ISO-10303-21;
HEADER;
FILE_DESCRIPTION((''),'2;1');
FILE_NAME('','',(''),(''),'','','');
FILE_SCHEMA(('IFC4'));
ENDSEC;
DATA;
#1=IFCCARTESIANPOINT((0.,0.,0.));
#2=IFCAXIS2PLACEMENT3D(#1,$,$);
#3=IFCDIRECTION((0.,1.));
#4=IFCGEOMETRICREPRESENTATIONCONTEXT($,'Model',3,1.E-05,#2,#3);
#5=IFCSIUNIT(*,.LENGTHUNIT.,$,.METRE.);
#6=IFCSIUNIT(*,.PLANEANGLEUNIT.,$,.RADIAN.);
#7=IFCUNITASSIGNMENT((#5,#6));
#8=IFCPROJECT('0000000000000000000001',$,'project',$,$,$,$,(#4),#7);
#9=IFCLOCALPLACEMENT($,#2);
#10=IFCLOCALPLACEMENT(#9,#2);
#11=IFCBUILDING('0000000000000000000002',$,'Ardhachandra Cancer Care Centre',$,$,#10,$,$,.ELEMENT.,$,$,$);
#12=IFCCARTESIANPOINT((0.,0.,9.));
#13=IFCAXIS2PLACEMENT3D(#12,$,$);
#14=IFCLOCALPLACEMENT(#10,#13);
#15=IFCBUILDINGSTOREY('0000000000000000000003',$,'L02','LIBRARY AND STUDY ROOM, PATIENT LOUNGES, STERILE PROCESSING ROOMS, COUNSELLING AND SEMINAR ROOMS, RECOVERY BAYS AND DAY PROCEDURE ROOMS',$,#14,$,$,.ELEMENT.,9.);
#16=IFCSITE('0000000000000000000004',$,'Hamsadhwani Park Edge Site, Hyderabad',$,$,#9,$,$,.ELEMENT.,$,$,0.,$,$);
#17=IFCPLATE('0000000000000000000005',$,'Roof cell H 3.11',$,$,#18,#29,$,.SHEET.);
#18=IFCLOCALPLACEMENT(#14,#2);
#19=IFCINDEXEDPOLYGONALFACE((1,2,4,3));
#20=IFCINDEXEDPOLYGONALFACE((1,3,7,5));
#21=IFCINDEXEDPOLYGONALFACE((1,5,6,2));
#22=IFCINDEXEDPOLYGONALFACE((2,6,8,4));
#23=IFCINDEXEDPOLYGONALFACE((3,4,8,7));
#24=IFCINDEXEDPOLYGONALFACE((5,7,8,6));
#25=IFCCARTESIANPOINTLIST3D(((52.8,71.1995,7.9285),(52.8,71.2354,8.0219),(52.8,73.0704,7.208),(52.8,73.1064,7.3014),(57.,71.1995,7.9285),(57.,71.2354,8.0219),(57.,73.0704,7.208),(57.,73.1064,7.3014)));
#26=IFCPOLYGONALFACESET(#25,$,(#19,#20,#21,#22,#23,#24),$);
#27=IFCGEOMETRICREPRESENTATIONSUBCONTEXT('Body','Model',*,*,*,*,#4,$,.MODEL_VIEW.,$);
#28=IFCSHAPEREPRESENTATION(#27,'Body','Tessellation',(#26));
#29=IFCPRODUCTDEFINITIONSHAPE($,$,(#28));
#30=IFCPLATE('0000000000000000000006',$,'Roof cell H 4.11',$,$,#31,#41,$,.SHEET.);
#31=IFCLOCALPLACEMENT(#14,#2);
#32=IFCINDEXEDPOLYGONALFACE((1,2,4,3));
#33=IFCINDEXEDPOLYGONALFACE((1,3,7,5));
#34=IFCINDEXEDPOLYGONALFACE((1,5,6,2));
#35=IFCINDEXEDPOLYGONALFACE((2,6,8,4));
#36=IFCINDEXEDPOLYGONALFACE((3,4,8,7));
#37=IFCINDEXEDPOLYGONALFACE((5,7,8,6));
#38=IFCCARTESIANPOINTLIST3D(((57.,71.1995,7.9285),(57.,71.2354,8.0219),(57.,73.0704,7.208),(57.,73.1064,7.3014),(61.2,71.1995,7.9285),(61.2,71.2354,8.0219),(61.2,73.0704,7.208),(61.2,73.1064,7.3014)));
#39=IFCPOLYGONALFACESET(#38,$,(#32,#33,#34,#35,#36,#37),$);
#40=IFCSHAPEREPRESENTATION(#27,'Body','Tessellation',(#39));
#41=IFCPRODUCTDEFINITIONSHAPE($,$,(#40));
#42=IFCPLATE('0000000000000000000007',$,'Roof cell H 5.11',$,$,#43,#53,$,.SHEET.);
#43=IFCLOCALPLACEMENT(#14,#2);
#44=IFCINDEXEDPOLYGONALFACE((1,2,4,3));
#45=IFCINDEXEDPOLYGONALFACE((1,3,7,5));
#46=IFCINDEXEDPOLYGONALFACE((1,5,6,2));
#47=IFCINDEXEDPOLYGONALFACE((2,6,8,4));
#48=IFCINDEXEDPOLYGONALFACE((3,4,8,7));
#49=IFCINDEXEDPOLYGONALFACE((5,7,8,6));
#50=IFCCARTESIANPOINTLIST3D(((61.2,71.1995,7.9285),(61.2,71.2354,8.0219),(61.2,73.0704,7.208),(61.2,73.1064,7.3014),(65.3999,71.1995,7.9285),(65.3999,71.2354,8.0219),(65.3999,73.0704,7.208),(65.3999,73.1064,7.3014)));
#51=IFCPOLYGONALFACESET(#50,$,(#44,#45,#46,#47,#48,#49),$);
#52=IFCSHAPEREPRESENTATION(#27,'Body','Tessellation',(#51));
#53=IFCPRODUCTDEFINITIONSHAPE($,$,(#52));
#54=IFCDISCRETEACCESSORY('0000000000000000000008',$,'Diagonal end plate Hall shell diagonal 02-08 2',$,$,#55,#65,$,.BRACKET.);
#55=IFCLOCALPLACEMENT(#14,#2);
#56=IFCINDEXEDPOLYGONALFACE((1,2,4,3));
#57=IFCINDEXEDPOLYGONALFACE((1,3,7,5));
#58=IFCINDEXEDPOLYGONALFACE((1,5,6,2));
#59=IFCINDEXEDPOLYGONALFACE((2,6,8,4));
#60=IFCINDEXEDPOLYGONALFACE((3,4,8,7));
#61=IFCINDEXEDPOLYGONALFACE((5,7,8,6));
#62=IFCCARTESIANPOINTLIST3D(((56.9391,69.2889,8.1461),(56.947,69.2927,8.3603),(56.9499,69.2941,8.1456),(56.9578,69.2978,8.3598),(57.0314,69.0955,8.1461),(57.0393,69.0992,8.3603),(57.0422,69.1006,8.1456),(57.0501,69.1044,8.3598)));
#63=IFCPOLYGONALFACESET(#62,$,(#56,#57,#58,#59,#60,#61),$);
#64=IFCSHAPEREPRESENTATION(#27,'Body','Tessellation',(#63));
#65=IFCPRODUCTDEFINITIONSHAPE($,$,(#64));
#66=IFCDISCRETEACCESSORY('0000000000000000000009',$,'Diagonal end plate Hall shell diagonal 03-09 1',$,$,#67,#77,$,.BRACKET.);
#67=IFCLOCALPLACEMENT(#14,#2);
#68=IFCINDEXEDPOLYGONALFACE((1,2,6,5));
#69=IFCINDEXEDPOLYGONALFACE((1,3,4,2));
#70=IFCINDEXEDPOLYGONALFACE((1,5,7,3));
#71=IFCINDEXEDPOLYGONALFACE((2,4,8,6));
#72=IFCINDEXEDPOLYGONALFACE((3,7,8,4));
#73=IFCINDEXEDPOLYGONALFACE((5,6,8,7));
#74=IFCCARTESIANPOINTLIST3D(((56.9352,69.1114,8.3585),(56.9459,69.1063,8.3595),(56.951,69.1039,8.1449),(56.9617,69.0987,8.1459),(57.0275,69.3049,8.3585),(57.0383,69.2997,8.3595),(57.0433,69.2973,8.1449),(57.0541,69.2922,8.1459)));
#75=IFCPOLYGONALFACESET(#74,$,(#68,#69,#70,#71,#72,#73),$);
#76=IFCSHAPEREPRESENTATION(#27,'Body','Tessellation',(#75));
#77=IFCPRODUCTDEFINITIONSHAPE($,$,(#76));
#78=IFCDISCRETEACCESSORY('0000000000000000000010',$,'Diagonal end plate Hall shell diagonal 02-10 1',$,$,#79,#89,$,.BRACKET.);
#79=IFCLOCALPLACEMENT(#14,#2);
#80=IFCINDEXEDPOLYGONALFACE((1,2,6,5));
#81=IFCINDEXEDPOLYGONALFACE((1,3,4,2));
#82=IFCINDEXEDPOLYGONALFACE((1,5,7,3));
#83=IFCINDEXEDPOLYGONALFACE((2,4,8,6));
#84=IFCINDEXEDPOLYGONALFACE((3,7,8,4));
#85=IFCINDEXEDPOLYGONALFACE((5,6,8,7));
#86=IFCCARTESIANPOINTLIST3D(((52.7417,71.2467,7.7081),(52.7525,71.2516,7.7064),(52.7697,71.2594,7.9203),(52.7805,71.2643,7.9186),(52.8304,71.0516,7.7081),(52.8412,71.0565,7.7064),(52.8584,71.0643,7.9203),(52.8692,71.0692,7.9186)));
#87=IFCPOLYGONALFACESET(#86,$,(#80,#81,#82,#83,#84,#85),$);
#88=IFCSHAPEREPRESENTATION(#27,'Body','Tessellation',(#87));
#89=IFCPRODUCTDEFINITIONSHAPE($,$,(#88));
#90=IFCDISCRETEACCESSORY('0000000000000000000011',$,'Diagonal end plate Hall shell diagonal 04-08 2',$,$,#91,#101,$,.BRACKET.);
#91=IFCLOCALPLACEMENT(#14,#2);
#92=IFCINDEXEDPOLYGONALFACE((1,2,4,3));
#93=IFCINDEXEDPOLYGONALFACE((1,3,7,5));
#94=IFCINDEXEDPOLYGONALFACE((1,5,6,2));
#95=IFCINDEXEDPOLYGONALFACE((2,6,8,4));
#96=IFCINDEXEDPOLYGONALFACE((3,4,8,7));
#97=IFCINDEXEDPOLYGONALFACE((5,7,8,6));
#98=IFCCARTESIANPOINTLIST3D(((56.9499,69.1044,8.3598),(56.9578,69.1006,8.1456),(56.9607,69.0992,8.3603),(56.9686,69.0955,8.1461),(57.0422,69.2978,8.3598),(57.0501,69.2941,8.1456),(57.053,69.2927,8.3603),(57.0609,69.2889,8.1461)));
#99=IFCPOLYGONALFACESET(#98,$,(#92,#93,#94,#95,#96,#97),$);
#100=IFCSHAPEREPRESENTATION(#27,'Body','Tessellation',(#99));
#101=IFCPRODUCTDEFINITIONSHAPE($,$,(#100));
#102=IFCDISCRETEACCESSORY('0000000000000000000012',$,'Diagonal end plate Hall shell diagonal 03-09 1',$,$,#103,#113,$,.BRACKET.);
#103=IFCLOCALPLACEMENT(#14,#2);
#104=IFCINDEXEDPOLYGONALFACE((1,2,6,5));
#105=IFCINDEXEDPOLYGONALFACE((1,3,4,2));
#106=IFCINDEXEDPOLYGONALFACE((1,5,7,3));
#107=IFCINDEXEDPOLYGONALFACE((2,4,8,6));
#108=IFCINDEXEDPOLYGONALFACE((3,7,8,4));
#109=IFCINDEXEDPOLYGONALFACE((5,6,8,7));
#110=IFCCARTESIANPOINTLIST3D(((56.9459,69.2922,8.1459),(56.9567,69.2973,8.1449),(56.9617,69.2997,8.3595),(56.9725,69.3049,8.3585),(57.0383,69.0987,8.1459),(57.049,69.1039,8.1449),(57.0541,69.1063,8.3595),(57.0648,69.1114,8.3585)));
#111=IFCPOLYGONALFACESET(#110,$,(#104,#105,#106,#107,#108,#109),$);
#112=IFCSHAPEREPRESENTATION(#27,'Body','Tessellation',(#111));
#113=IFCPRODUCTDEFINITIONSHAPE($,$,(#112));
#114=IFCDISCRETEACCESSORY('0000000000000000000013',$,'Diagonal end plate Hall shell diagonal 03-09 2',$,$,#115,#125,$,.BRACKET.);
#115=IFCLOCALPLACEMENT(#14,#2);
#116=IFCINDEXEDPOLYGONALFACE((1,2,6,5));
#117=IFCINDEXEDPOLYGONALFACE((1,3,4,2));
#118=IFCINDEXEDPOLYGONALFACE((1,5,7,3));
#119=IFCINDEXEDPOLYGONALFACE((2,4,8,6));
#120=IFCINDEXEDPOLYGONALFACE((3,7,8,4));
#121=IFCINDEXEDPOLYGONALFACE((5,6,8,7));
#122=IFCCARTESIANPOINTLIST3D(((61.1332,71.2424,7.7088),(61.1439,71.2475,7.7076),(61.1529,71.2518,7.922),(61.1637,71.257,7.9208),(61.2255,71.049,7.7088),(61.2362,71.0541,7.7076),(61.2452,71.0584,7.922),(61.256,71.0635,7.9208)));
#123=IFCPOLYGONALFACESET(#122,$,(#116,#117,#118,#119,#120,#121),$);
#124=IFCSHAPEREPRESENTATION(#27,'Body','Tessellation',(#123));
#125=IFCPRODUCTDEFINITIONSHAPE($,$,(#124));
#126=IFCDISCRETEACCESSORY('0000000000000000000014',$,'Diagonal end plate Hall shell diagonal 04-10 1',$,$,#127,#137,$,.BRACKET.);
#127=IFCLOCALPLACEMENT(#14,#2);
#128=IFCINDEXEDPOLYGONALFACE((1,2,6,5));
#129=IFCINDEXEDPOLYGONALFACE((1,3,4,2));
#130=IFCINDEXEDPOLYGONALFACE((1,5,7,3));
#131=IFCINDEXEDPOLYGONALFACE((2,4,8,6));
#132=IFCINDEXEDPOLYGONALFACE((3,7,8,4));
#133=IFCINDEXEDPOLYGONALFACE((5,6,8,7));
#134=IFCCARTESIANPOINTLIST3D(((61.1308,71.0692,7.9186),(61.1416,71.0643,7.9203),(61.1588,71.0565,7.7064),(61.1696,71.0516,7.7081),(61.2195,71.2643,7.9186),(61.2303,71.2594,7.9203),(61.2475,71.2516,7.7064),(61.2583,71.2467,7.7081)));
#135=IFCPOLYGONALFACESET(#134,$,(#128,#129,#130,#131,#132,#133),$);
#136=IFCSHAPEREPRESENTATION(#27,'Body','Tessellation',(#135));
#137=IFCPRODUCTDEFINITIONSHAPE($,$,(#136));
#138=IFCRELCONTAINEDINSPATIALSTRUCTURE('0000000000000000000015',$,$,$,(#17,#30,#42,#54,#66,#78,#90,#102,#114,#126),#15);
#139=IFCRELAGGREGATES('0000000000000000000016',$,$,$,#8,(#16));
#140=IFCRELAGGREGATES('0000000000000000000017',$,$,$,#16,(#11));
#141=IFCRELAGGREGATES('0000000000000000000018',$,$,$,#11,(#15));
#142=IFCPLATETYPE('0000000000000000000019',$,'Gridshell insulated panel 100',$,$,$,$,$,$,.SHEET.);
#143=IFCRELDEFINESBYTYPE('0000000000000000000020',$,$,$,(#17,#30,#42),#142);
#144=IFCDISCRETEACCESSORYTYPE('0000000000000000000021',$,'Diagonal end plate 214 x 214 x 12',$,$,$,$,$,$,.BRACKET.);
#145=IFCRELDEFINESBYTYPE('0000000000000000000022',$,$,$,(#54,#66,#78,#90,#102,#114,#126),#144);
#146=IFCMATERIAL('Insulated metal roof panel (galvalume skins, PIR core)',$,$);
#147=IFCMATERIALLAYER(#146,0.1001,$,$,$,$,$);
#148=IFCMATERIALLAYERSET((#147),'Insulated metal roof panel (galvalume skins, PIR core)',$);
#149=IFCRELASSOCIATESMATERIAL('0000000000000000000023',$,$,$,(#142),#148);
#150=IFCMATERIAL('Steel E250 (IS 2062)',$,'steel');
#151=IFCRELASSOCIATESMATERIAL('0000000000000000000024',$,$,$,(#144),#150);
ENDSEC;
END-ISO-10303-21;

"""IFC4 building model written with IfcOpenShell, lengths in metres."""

from ifc_helpers import new_model, si_unit, direction, frame, origin, origin_2d, place, context, subcontext, project, spatial, polyline, rectangle, outline, extrude, material, layer, layer_set, material_profile, profile_set, type_object, element, save


model = new_model("IFC4")

# Units and contexts
model_context = context("Model", 3, precision=1e-05, world=origin(), true_north=direction((0.0, 1.0)))
body_context = subcontext(model_context, "Body", "Model", "MODEL_VIEW")
ifc_project = project(units=[si_unit("LENGTHUNIT", "METRE"), si_unit("PLANEANGLEUNIT", "RADIAN")], contexts=[model_context])

# Site, building, storey
site_placement = place(None, origin())
site = spatial("IfcSite", under=ifc_project, at=site_placement, Name="Hamsadhwani Park Edge Site, Hyderabad", CompositionType="ELEMENT", RefElevation=0.0)
building_placement = place(site_placement, origin())
building = spatial("IfcBuilding", under=site, at=building_placement, Name="Ardhachandra Cancer Care Centre", CompositionType="ELEMENT")
storey_placement = place(building_placement, frame((0.0, 0.0, 9.0)))
storey = spatial("IfcBuildingStorey", under=building, at=storey_placement, Name="L02", Description="LIBRARY AND STUDY ROOM, PATIENT LOUNGES, STERILE PROCESSING ROOMS, COUNSELLING AND SEMINAR ROOMS, RECOVERY BAYS AND DAY PROCEDURE ROOMS", CompositionType="ELEMENT", Elevation=9.0)

# Plates
ifc_material_1 = material(Name="Insulated metal roof panel (galvalume skins, PIR core)")
ifc_layer_1 = layer(ifc_material_1, 0.1001)
ifc_layer_set_1 = layer_set([ifc_layer_1], Name="Insulated metal roof panel (galvalume skins, PIR core)")
plate_type_1 = type_object("IfcPlateType", Name="Gridshell insulated panel 100", PredefinedType="SHEET", material=ifc_layer_set_1)
for number, where, z_axis, x_axis, name in (
    (1, (52.8, 71.1995, 7.9285), (0.0, 0.359371, 0.933195), (1.0, 0.0, 0.0), "Roof cell H 3.11"),
    (2, (57.0, 71.1995, 7.9285), (0.0, 0.359371, 0.933195), (1.0, 0.0, 0.0), "Roof cell H 4.11"),
    (3, (61.2, 71.1995, 7.9285), (0.0, 0.359371, 0.933195), (1.0, 0.0, 0.0), "Roof cell H 5.11"),
):
    element("IfcPlate", number, at=place(storey_placement, frame(where, z_axis=z_axis, x_axis=x_axis)), inside=storey, type_object=plate_type_1, Name=name, PredefinedType="SHEET", context=body_context, shape_type="SweptSolid", body=[
        extrude(outline(polyline([(0.0, 0.0), (4.2, 0.0), (4.2, 2.0049), (0.0, 2.0049), (0.0, 0.0)])), origin(), (0.0, 0.0, 1.0), 0.1001),
    ])

# Discrete accessories
ifc_material_2 = material(Name="Steel E250 (IS 2062)", Category="steel")
ifc_material_profile_1 = material_profile(ifc_material_2, rectangle(XDim=0.2144, YDim=0.2144, at=origin_2d()), Name="PL 214x214x12")
ifc_profile_set_1 = profile_set([ifc_material_profile_1], Name="Steel E250 (IS 2062)")
discrete_accessory_type = type_object("IfcDiscreteAccessoryType", Name="Diagonal end plate 214 x 214 x 12", PredefinedType="BRACKET", material=ifc_profile_set_1)
for number, where, z_axis, x_axis, name in (
    (4, (57.0, 69.1992, 8.2527), (-0.901723, -0.430368, 0.040987), (0.43073, -0.902481, 0.0), "Diagonal end plate Hall shell diagonal 02-08 2"),
    (5, (57.0, 69.1992, 8.2527), (-0.899459, 0.429287, -0.081769), (-0.43073, -0.902481, 0.0), "Diagonal end plate Hall shell diagonal 03-09 1"),
    (6, (52.8, 71.1555, 7.8142), (0.900966, 0.40953, -0.143336), (-0.413803, 0.910366, 0.0), "Diagonal end plate Hall shell diagonal 02-10 1"),
    (7, (57.0, 69.1992, 8.2527), (0.901723, -0.430368, 0.040987), (0.43073, 0.902481, 0.0), "Diagonal end plate Hall shell diagonal 04-08 2"),
    (8, (57.0, 69.1992, 8.2527), (0.899459, 0.429287, -0.081769), (-0.43073, 0.902481, 0.0), "Diagonal end plate Hall shell diagonal 03-09 1"),
    (9, (61.2, 71.1555, 7.8142), (-0.897772, -0.428482, 0.10202), (0.43073, -0.902481, 0.0), "Diagonal end plate Hall shell diagonal 03-09 2"),
    (10, (61.2, 71.1555, 7.8142), (-0.900966, 0.40953, -0.143336), (-0.413803, -0.910366, 0.0), "Diagonal end plate Hall shell diagonal 04-10 1"),
):
    element("IfcDiscreteAccessory", number, at=place(storey_placement, frame(where, z_axis=z_axis, x_axis=x_axis)), inside=storey, type_object=discrete_accessory_type, Name=name, PredefinedType="BRACKET", context=body_context, shape_type="SweptSolid", body=[
        extrude(rectangle(XDim=0.2144, YDim=0.2144, at=origin_2d()), origin(), (0.0, 0.0, 1.0), 0.012),
    ])

save(model, "model.ifc")
